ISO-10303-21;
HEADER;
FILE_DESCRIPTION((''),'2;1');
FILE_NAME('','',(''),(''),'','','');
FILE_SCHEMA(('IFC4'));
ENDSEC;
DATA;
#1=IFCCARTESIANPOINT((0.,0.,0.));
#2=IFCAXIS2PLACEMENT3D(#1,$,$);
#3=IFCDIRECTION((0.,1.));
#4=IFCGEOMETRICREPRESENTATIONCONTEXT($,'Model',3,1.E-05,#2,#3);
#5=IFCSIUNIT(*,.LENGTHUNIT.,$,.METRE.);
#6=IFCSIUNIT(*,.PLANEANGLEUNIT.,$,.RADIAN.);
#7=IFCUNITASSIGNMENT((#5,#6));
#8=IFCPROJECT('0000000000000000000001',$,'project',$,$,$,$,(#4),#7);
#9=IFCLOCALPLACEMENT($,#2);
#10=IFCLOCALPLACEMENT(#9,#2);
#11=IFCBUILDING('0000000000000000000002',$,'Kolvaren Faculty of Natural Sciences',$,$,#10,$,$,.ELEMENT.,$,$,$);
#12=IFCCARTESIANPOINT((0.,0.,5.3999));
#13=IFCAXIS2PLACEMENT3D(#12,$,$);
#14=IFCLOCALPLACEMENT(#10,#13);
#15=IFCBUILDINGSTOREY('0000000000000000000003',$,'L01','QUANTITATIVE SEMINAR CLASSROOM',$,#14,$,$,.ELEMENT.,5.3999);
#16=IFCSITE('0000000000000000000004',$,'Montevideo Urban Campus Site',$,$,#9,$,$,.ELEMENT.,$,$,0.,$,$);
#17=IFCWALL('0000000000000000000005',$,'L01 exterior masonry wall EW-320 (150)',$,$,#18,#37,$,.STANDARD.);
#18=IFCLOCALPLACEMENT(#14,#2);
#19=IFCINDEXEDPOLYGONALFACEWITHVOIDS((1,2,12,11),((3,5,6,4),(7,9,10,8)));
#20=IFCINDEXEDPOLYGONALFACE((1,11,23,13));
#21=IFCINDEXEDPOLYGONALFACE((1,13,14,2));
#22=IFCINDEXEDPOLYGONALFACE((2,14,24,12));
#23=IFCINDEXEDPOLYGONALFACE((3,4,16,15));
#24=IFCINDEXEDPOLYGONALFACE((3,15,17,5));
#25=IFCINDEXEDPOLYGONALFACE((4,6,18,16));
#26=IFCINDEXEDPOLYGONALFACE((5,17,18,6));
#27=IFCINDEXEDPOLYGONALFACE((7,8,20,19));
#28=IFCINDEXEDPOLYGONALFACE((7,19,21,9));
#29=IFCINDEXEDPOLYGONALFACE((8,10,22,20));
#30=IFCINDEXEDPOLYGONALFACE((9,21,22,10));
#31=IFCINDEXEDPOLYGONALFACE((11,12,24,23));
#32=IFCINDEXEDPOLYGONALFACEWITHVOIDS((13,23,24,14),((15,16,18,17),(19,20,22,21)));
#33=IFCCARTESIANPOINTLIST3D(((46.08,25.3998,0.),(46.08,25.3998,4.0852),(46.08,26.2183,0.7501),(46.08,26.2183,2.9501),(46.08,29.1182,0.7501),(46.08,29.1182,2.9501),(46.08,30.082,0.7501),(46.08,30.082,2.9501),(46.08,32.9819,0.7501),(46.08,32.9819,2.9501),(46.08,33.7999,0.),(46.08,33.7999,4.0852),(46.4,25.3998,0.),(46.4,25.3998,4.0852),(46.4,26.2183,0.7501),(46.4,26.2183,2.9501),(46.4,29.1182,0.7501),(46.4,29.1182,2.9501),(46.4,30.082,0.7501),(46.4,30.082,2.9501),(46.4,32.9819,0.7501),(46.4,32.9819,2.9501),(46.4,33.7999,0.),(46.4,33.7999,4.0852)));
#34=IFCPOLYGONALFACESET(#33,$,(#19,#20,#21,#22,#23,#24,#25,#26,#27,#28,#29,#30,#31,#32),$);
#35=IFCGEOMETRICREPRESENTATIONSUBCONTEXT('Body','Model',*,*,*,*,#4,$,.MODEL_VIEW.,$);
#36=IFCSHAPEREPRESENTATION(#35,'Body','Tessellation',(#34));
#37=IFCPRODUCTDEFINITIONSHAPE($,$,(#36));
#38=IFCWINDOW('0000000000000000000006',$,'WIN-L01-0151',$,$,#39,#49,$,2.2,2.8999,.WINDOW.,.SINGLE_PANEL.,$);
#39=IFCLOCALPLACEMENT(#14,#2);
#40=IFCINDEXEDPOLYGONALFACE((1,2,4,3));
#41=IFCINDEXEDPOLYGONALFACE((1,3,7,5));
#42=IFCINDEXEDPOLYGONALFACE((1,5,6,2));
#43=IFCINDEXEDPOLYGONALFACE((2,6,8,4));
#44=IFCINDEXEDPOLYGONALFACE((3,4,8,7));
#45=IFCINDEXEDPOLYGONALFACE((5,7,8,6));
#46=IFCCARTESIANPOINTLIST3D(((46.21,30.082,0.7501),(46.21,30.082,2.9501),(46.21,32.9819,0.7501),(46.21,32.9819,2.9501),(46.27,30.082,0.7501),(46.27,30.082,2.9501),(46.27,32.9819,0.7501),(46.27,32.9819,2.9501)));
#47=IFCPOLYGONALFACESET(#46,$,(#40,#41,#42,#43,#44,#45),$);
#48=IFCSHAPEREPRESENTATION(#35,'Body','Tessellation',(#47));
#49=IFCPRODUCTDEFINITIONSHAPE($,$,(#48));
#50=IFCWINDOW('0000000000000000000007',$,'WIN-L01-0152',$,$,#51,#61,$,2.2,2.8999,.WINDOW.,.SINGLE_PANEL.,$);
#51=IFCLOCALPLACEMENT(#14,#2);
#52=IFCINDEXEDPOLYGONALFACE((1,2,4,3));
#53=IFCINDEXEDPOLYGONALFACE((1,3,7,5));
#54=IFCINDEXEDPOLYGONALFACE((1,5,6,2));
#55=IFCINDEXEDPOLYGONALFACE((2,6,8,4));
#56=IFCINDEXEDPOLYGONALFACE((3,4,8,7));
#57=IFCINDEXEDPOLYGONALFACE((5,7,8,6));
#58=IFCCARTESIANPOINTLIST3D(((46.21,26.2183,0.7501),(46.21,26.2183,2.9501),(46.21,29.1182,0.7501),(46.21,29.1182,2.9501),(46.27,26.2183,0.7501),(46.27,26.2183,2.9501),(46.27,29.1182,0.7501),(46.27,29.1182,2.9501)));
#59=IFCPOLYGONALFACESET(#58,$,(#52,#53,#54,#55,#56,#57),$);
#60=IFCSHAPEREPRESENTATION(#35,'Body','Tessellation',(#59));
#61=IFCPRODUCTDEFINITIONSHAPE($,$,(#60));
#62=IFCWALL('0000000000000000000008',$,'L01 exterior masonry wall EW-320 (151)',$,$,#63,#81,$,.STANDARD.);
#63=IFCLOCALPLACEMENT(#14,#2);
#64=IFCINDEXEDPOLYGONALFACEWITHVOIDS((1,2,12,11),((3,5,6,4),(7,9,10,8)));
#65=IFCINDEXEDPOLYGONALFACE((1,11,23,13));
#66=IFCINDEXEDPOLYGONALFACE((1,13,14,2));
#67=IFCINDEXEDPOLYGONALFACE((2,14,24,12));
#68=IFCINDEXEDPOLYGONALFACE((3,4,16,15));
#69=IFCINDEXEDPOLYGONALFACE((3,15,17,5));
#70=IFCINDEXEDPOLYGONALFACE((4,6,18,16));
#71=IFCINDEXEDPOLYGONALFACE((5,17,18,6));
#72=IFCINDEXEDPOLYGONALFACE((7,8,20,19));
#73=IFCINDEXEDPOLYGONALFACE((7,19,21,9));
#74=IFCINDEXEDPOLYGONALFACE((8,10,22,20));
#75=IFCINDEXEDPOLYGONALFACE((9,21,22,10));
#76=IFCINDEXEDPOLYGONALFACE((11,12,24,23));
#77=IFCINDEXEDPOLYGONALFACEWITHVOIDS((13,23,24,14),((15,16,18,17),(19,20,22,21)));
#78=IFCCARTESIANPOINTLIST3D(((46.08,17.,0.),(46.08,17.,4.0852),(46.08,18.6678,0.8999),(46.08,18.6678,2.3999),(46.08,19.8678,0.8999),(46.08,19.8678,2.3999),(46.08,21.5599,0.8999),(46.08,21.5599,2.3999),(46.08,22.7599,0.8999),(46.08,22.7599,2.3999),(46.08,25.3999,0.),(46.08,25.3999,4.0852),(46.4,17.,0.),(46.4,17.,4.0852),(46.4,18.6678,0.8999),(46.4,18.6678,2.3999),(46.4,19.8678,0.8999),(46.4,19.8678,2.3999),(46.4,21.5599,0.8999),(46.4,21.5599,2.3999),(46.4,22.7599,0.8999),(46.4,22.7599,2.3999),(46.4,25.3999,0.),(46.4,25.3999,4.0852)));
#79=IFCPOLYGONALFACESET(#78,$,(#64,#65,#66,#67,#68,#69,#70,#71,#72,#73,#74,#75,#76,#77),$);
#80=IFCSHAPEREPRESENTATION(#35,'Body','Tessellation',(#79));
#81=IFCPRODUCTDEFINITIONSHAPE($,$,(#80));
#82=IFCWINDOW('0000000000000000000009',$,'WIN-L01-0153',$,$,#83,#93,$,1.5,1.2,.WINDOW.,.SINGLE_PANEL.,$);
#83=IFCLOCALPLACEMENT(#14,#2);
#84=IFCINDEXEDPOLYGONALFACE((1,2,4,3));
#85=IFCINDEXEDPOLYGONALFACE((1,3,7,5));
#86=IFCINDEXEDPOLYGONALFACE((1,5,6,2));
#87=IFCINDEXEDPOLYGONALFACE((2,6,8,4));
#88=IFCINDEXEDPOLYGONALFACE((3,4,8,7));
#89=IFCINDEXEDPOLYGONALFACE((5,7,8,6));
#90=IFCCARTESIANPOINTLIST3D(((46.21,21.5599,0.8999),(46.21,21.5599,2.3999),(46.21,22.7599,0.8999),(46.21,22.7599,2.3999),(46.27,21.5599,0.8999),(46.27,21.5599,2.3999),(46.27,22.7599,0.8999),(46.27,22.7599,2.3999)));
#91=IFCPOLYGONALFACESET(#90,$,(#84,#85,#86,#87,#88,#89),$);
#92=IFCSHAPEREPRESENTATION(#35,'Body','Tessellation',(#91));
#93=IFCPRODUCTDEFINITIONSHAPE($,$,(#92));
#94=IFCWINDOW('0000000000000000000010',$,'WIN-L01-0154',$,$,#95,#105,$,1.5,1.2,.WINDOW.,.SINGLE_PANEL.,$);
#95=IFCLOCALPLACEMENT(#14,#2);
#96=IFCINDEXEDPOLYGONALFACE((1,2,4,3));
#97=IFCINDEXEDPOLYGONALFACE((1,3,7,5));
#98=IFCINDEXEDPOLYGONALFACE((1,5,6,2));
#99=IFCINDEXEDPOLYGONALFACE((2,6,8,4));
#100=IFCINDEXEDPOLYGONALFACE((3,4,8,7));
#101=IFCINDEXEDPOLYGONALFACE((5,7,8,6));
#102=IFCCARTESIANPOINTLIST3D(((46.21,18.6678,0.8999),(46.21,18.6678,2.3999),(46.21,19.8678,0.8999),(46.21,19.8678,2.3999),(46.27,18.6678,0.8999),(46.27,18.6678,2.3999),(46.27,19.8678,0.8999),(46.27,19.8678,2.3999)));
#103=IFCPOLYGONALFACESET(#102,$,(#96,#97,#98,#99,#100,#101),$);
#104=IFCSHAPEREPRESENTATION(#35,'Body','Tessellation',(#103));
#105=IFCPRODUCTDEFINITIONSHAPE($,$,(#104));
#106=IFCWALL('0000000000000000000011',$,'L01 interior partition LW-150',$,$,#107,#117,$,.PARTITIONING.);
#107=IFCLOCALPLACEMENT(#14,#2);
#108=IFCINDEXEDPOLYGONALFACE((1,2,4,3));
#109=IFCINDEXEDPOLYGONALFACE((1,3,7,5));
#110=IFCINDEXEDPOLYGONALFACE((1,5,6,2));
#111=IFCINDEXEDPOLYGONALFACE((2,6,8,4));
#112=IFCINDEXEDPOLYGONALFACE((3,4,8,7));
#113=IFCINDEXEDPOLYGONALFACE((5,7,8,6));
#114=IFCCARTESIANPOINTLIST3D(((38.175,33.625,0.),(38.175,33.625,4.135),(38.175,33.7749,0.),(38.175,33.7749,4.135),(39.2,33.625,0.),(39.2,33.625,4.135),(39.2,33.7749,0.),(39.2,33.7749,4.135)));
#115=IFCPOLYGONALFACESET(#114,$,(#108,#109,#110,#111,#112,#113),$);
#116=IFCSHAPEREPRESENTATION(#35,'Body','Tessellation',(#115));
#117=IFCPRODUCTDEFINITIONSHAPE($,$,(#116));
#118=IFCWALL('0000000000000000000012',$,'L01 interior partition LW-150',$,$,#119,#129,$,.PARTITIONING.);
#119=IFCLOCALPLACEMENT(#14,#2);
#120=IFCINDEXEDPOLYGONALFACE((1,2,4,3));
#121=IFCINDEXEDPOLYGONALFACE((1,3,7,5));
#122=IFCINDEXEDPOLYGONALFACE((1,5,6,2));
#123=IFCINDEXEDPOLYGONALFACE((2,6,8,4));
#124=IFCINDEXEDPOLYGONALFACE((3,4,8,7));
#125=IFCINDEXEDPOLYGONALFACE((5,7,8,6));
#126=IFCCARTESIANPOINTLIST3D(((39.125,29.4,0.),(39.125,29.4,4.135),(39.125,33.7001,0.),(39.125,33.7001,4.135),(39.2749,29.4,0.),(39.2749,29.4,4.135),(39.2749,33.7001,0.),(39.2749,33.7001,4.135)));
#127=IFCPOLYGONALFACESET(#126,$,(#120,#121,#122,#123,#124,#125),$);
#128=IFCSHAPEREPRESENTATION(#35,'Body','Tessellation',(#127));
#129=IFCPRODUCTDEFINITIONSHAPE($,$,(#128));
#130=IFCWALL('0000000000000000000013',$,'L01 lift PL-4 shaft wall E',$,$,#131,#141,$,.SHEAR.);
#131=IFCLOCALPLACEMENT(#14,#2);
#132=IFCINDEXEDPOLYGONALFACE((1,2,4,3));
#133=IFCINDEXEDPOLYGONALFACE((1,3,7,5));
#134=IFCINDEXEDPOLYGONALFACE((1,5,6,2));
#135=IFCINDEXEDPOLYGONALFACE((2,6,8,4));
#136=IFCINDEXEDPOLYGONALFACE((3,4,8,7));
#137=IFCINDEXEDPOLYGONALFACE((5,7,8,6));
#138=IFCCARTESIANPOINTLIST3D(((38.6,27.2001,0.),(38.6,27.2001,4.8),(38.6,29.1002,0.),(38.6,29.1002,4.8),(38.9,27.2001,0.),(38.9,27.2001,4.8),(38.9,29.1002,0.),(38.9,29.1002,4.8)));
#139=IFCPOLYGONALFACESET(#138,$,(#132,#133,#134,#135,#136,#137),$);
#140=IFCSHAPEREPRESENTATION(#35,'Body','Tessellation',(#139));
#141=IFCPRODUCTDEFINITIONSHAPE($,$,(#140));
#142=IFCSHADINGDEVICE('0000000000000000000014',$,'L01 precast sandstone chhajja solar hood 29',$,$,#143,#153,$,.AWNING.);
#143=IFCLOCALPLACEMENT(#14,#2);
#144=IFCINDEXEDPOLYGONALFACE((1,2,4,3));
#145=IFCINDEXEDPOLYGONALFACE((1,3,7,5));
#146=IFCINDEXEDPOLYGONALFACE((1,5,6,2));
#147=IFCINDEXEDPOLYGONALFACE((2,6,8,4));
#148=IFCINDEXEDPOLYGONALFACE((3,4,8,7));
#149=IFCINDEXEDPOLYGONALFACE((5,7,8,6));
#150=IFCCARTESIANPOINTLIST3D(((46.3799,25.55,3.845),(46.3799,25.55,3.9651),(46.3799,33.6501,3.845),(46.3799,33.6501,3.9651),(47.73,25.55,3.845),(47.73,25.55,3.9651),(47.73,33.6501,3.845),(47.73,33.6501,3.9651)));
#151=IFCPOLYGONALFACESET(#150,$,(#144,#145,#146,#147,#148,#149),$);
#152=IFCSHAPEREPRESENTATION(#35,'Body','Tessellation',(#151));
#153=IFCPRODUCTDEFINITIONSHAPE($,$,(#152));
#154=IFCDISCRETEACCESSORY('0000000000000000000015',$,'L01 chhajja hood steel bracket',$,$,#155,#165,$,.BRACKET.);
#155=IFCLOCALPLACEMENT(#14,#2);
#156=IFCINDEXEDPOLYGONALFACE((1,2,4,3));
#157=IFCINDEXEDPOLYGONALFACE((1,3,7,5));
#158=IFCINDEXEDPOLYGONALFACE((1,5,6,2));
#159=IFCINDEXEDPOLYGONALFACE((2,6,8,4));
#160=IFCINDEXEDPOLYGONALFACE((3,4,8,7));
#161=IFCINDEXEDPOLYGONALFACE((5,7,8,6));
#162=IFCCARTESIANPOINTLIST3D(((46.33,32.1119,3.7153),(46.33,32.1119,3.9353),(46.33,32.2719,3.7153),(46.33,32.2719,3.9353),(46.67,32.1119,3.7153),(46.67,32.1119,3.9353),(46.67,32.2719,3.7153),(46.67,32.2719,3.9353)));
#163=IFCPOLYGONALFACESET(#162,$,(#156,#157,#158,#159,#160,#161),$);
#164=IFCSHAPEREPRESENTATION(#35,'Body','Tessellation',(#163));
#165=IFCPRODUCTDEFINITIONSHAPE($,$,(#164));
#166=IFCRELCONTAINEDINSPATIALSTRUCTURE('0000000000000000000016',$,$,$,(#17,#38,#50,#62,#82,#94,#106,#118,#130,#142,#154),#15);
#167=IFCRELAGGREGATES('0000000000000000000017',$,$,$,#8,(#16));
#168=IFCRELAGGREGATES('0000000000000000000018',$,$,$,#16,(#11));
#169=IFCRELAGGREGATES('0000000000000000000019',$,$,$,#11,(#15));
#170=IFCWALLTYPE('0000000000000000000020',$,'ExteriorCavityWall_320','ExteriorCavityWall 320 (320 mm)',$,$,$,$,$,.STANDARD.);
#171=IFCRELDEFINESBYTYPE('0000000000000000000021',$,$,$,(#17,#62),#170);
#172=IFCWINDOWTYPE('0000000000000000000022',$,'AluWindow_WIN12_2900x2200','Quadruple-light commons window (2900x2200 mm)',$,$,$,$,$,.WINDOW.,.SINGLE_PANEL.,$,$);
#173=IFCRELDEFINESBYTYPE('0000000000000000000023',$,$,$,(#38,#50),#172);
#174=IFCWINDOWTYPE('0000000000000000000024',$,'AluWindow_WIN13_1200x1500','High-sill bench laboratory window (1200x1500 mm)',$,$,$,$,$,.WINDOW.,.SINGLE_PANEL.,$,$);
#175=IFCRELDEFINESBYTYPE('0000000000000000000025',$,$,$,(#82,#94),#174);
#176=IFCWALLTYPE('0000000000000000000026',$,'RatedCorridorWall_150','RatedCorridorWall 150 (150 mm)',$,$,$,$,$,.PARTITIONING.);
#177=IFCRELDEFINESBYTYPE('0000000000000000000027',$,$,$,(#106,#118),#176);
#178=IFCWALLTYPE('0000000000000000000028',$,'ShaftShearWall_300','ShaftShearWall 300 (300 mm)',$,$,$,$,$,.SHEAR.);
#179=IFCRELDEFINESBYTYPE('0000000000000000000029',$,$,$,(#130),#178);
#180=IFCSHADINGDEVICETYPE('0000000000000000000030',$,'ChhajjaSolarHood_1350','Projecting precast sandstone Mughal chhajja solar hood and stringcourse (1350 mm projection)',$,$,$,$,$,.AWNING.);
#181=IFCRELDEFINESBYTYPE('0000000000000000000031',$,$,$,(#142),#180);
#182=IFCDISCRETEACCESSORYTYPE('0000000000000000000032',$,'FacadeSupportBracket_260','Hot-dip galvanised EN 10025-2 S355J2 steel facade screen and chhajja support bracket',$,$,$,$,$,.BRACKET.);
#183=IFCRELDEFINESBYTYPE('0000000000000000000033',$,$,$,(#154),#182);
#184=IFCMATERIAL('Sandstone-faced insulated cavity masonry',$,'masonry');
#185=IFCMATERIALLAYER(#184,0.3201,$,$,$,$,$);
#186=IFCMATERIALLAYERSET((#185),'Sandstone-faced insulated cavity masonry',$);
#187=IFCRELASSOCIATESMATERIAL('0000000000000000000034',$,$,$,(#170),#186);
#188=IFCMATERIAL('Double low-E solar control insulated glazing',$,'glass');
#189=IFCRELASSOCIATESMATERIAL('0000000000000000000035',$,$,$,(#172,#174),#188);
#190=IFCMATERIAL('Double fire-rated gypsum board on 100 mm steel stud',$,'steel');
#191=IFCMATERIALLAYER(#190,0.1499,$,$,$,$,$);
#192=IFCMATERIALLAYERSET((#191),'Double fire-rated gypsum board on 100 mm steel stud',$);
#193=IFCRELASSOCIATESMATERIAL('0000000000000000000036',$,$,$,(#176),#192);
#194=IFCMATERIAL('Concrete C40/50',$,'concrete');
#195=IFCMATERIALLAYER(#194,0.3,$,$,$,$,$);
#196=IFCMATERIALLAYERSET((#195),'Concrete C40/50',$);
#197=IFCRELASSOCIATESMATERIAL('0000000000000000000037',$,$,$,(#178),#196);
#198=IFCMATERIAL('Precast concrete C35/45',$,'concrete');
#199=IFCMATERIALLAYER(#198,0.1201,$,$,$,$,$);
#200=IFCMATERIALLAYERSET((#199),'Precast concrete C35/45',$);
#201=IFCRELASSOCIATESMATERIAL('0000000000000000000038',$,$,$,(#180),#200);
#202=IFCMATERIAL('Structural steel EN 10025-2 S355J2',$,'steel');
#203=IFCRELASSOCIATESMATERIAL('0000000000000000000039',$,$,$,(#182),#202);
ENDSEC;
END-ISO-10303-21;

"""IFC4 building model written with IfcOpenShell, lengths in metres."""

from ifc_helpers import new_model, si_unit, direction, frame, frame_2d, origin, origin_2d, place, context, subcontext, project, spatial, rectangle, extrude, material, layer, layer_set, type_object, element, fill, save


model = new_model("IFC4")

# Units and contexts
model_context = context("Model", 3, precision=1e-05, world=origin(), true_north=direction((0.0, 1.0)))
body_context = subcontext(model_context, "Body", "Model", "MODEL_VIEW")
ifc_project = project(units=[si_unit("LENGTHUNIT", "METRE"), si_unit("PLANEANGLEUNIT", "RADIAN")], contexts=[model_context])

# Site, building, storey
site_placement = place(None, origin())
site = spatial("IfcSite", under=ifc_project, at=site_placement, Name="Montevideo Urban Campus Site", CompositionType="ELEMENT", RefElevation=0.0)
building_placement = place(site_placement, origin())
building = spatial("IfcBuilding", under=site, at=building_placement, Name="Kolvaren Faculty of Natural Sciences", CompositionType="ELEMENT")
storey_placement = place(building_placement, frame((0.0, 0.0, 5.3999)))
storey = spatial("IfcBuildingStorey", under=building, at=storey_placement, Name="L01", Description="QUANTITATIVE SEMINAR CLASSROOM", CompositionType="ELEMENT", Elevation=5.3999)

# Shared definitions
ifc_material_1 = material(Name="Concrete C40/50", Category="concrete")

# Walls, openings, windows
ifc_material_2 = material(Name="Sandstone-faced insulated cavity masonry", Category="masonry")
ifc_layer_1 = layer(ifc_material_2, 0.3201)
ifc_layer_set_1 = layer_set([ifc_layer_1], Name="Sandstone-faced insulated cavity masonry")
wall_type_1 = type_object("IfcWallType", Name="ExteriorCavityWall_320", Description="ExteriorCavityWall 320 (320 mm)", PredefinedType="STANDARD", material=ifc_layer_set_1)
wall_1_placement = place(storey_placement, frame((46.24, 33.8, 0.0), z_axis=(0.0, 0.0, 1.0), x_axis=(0.0, -1.0, 0.0)))
wall_1 = element("IfcWall", 1, at=wall_1_placement, inside=storey, type_object=wall_type_1, Name="L01 exterior masonry wall EW-320 (150)", PredefinedType="STANDARD", context=body_context, shape_type="SweptSolid", body=[
    extrude(rectangle(XDim=8.4001, YDim=0.3201, at=frame_2d((4.2002, 0.0))), origin(), (0.0, 0.0, 1.0), 4.0852),
])
opening_1_placement = place(wall_1_placement, frame((0.8181, 0.0, 0.75)))
opening_1 = element("IfcOpeningElement", 2, at=opening_1_placement, cuts=wall_1, PredefinedType="OPENING", context=body_context, shape_type="SweptSolid", body=[
    extrude(rectangle(XDim=2.8999, YDim=2.2, at=frame_2d((1.45, 1.1001))), frame((0.0, 0.1699, 0.0), z_axis=(0.0, -1.0, 0.0), x_axis=(1.0, 0.0, 0.0)), (0.0, 0.0, 1.0), 0.3401),
])
opening_2_placement = place(wall_1_placement, frame((4.6819, 0.0, 0.75)))
opening_2 = element("IfcOpeningElement", 3, at=opening_2_placement, cuts=wall_1, PredefinedType="OPENING", context=body_context, shape_type="SweptSolid", body=[
    extrude(rectangle(XDim=2.8999, YDim=2.2, at=frame_2d((1.45, 1.1001))), frame((0.0, 0.1699, 0.0), z_axis=(0.0, -1.0, 0.0), x_axis=(1.0, 0.0, 0.0)), (0.0, 0.0, 1.0), 0.3401),
])
ifc_material_3 = material(Name="Double low-E solar control insulated glazing", Category="glass")
window_type_1 = type_object("IfcWindowType", Name="AluWindow_WIN12_2900x2200", Description="Quadruple-light commons window (2900x2200 mm)", PartitioningType="SINGLE_PANEL", PredefinedType="WINDOW", material=ifc_material_3)
window_1_placement = place(opening_1_placement, origin())
window_1 = element("IfcWindow", 4, at=window_1_placement, inside=storey, type_object=window_type_1, Name="WIN-L01-0151", OverallHeight=2.2, OverallWidth=2.8999, PartitioningType="SINGLE_PANEL", PredefinedType="WINDOW", context=body_context, shape_type="SweptSolid", body=[
    extrude(rectangle(XDim=2.8999, YDim=2.2, at=frame_2d((1.45, 1.1001))), frame((0.0, 0.03, 0.0), z_axis=(0.0, -1.0, 0.0), x_axis=(1.0, 0.0, 0.0)), (0.0, 0.0, 1.0), 0.0601),
])
fill(opening_1, window_1)
window_2_placement = place(opening_2_placement, origin())
window_2 = element("IfcWindow", 5, at=window_2_placement, inside=storey, type_object=window_type_1, Name="WIN-L01-0152", OverallHeight=2.2, OverallWidth=2.8999, PartitioningType="SINGLE_PANEL", PredefinedType="WINDOW", context=body_context, shape_type="SweptSolid", body=[
    extrude(rectangle(XDim=2.8999, YDim=2.2, at=frame_2d((1.45, 1.1001))), frame((0.0, 0.03, 0.0), z_axis=(0.0, -1.0, 0.0), x_axis=(1.0, 0.0, 0.0)), (0.0, 0.0, 1.0), 0.0601),
])
fill(opening_2, window_2)
wall_2_placement = place(storey_placement, frame((46.24, 25.3999, 0.0), z_axis=(0.0, 0.0, 1.0), x_axis=(0.0, -1.0, 0.0)))
wall_2 = element("IfcWall", 6, at=wall_2_placement, inside=storey, type_object=wall_type_1, Name="L01 exterior masonry wall EW-320 (151)", PredefinedType="STANDARD", context=body_context, shape_type="SweptSolid", body=[
    extrude(rectangle(XDim=8.3999, YDim=0.3201, at=frame_2d((4.2, 0.0))), origin(), (0.0, 0.0, 1.0), 4.0852),
])
opening_3_placement = place(wall_2_placement, frame((2.6399, 0.0, 0.8999)))
opening_3 = element("IfcOpeningElement", 7, at=opening_3_placement, cuts=wall_2, PredefinedType="OPENING", context=body_context, shape_type="SweptSolid", body=[
    extrude(rectangle(XDim=1.2, YDim=1.5, at=frame_2d((0.6001, 0.75))), frame((0.0, 0.1699, 0.0), z_axis=(0.0, -1.0, 0.0), x_axis=(1.0, 0.0, 0.0)), (0.0, 0.0, 1.0), 0.3401),
])
opening_4_placement = place(wall_2_placement, frame((5.532, 0.0, 0.8999)))
opening_4 = element("IfcOpeningElement", 8, at=opening_4_placement, cuts=wall_2, PredefinedType="OPENING", context=body_context, shape_type="SweptSolid", body=[
    extrude(rectangle(XDim=1.2, YDim=1.5, at=frame_2d((0.6001, 0.75))), frame((0.0, 0.1699, 0.0), z_axis=(0.0, -1.0, 0.0), x_axis=(1.0, 0.0, 0.0)), (0.0, 0.0, 1.0), 0.3401),
])
window_type_2 = type_object("IfcWindowType", Name="AluWindow_WIN13_1200x1500", Description="High-sill bench laboratory window (1200x1500 mm)", PartitioningType="SINGLE_PANEL", PredefinedType="WINDOW", material=ifc_material_3)
window_3_placement = place(opening_3_placement, origin())
window_3 = element("IfcWindow", 9, at=window_3_placement, inside=storey, type_object=window_type_2, Name="WIN-L01-0153", OverallHeight=1.5, OverallWidth=1.2, PartitioningType="SINGLE_PANEL", PredefinedType="WINDOW", context=body_context, shape_type="SweptSolid", body=[
    extrude(rectangle(XDim=1.2, YDim=1.5, at=frame_2d((0.6001, 0.75))), frame((0.0, 0.03, 0.0), z_axis=(0.0, -1.0, 0.0), x_axis=(1.0, 0.0, 0.0)), (0.0, 0.0, 1.0), 0.0601),
])
fill(opening_3, window_3)
window_4_placement = place(opening_4_placement, origin())
window_4 = element("IfcWindow", 10, at=window_4_placement, inside=storey, type_object=window_type_2, Name="WIN-L01-0154", OverallHeight=1.5, OverallWidth=1.2, PartitioningType="SINGLE_PANEL", PredefinedType="WINDOW", context=body_context, shape_type="SweptSolid", body=[
    extrude(rectangle(XDim=1.2, YDim=1.5, at=frame_2d((0.6001, 0.75))), frame((0.0, 0.03, 0.0), z_axis=(0.0, -1.0, 0.0), x_axis=(1.0, 0.0, 0.0)), (0.0, 0.0, 1.0), 0.0601),
])
fill(opening_4, window_4)

# Walls
ifc_material_4 = material(Name="Double fire-rated gypsum board on 100 mm steel stud", Category="steel")
ifc_layer_2 = layer(ifc_material_4, 0.1499)
ifc_layer_set_2 = layer_set([ifc_layer_2], Name="Double fire-rated gypsum board on 100 mm steel stud")
wall_type_2 = type_object("IfcWallType", Name="RatedCorridorWall_150", Description="RatedCorridorWall 150 (150 mm)", PredefinedType="PARTITIONING", material=ifc_layer_set_2)
wall_3_placement = place(storey_placement, frame((38.175, 33.7, 0.0), z_axis=(0.0, 0.0, 1.0), x_axis=(1.0, 0.0, 0.0)))
element("IfcWall", 11, at=wall_3_placement, inside=storey, type_object=wall_type_2, Name="L01 interior partition LW-150", PredefinedType="PARTITIONING", context=body_context, shape_type="SweptSolid", body=[
    extrude(rectangle(XDim=1.0249, YDim=0.1499, at=frame_2d((0.5125, 0.0))), origin(), (0.0, 0.0, 1.0), 4.135),
])
wall_4_placement = place(storey_placement, frame((39.2, 33.7, 0.0), z_axis=(0.0, 0.0, 1.0), x_axis=(0.0, -1.0, 0.0)))
element("IfcWall", 12, at=wall_4_placement, inside=storey, type_object=wall_type_2, Name="L01 interior partition LW-150", PredefinedType="PARTITIONING", context=body_context, shape_type="SweptSolid", body=[
    extrude(rectangle(XDim=4.3, YDim=0.1499, at=frame_2d((2.1499, 0.0))), origin(), (0.0, 0.0, 1.0), 4.135),
])
ifc_layer_3 = layer(ifc_material_1, 0.3)
ifc_layer_set_3 = layer_set([ifc_layer_3], Name="Concrete C40/50")
wall_type_3 = type_object("IfcWallType", Name="ShaftShearWall_300", Description="ShaftShearWall 300 (300 mm)", PredefinedType="SHEAR", material=ifc_layer_set_3)
wall_5_placement = place(storey_placement, frame((38.75, 27.2, 0.0), z_axis=(0.0, 0.0, 1.0), x_axis=(0.0, 1.0, 0.0)))
element("IfcWall", 13, at=wall_5_placement, inside=storey, type_object=wall_type_3, Name="L01 lift PL-4 shaft wall E", PredefinedType="SHEAR", context=body_context, shape_type="SweptSolid", body=[
    extrude(rectangle(XDim=1.9001, YDim=0.3, at=frame_2d((0.9502, 0.0))), origin(), (0.0, 0.0, 1.0), 4.8),
])

# Shading device
ifc_material_5 = material(Name="Precast concrete C35/45", Category="concrete")
ifc_layer_4 = layer(ifc_material_5, 0.1201)
ifc_layer_set_4 = layer_set([ifc_layer_4], Name="Precast concrete C35/45")
shading_device_type = type_object("IfcShadingDeviceType", Name="ChhajjaSolarHood_1350", Description="Projecting precast sandstone Mughal chhajja solar hood and stringcourse (1350 mm projection)", PredefinedType="AWNING", material=ifc_layer_set_4)
shading_device_placement = place(storey_placement, frame((47.0549, 29.6001, 3.845), z_axis=(0.0, 0.0, 1.0), x_axis=(0.0, -1.0, 0.0)))
element("IfcShadingDevice", 14, at=shading_device_placement, inside=storey, type_object=shading_device_type, Name="L01 precast sandstone chhajja solar hood 29", PredefinedType="AWNING", context=body_context, shape_type="SweptSolid", body=[
    extrude(rectangle(XDim=8.1001, YDim=1.3501, at=origin_2d()), origin(), (0.0, 0.0, 1.0), 0.1201),
])

# Discrete accessory
ifc_material_6 = material(Name="Structural steel EN 10025-2 S355J2", Category="steel")
discrete_accessory_type = type_object("IfcDiscreteAccessoryType", Name="FacadeSupportBracket_260", Description="Hot-dip galvanised EN 10025-2 S355J2 steel facade screen and chhajja support bracket", PredefinedType="BRACKET", material=ifc_material_6)
for number, where, z_axis, x_axis, name in (
    (15, (46.5, 32.1919, 3.7153), (0.0, 0.0, 1.0), (0.0, -1.0, 0.0), "L01 chhajja hood steel bracket"),
):
    element("IfcDiscreteAccessory", number, at=place(storey_placement, frame(where, z_axis=z_axis, x_axis=x_axis)), inside=storey, type_object=discrete_accessory_type, Name=name, PredefinedType="BRACKET", context=body_context, shape_type="SweptSolid", body=[
        extrude(rectangle(XDim=0.1599, YDim=0.3401, at=origin_2d()), origin(), (0.0, 0.0, 1.0), 0.22),
    ])

save(model, "model.ifc")
